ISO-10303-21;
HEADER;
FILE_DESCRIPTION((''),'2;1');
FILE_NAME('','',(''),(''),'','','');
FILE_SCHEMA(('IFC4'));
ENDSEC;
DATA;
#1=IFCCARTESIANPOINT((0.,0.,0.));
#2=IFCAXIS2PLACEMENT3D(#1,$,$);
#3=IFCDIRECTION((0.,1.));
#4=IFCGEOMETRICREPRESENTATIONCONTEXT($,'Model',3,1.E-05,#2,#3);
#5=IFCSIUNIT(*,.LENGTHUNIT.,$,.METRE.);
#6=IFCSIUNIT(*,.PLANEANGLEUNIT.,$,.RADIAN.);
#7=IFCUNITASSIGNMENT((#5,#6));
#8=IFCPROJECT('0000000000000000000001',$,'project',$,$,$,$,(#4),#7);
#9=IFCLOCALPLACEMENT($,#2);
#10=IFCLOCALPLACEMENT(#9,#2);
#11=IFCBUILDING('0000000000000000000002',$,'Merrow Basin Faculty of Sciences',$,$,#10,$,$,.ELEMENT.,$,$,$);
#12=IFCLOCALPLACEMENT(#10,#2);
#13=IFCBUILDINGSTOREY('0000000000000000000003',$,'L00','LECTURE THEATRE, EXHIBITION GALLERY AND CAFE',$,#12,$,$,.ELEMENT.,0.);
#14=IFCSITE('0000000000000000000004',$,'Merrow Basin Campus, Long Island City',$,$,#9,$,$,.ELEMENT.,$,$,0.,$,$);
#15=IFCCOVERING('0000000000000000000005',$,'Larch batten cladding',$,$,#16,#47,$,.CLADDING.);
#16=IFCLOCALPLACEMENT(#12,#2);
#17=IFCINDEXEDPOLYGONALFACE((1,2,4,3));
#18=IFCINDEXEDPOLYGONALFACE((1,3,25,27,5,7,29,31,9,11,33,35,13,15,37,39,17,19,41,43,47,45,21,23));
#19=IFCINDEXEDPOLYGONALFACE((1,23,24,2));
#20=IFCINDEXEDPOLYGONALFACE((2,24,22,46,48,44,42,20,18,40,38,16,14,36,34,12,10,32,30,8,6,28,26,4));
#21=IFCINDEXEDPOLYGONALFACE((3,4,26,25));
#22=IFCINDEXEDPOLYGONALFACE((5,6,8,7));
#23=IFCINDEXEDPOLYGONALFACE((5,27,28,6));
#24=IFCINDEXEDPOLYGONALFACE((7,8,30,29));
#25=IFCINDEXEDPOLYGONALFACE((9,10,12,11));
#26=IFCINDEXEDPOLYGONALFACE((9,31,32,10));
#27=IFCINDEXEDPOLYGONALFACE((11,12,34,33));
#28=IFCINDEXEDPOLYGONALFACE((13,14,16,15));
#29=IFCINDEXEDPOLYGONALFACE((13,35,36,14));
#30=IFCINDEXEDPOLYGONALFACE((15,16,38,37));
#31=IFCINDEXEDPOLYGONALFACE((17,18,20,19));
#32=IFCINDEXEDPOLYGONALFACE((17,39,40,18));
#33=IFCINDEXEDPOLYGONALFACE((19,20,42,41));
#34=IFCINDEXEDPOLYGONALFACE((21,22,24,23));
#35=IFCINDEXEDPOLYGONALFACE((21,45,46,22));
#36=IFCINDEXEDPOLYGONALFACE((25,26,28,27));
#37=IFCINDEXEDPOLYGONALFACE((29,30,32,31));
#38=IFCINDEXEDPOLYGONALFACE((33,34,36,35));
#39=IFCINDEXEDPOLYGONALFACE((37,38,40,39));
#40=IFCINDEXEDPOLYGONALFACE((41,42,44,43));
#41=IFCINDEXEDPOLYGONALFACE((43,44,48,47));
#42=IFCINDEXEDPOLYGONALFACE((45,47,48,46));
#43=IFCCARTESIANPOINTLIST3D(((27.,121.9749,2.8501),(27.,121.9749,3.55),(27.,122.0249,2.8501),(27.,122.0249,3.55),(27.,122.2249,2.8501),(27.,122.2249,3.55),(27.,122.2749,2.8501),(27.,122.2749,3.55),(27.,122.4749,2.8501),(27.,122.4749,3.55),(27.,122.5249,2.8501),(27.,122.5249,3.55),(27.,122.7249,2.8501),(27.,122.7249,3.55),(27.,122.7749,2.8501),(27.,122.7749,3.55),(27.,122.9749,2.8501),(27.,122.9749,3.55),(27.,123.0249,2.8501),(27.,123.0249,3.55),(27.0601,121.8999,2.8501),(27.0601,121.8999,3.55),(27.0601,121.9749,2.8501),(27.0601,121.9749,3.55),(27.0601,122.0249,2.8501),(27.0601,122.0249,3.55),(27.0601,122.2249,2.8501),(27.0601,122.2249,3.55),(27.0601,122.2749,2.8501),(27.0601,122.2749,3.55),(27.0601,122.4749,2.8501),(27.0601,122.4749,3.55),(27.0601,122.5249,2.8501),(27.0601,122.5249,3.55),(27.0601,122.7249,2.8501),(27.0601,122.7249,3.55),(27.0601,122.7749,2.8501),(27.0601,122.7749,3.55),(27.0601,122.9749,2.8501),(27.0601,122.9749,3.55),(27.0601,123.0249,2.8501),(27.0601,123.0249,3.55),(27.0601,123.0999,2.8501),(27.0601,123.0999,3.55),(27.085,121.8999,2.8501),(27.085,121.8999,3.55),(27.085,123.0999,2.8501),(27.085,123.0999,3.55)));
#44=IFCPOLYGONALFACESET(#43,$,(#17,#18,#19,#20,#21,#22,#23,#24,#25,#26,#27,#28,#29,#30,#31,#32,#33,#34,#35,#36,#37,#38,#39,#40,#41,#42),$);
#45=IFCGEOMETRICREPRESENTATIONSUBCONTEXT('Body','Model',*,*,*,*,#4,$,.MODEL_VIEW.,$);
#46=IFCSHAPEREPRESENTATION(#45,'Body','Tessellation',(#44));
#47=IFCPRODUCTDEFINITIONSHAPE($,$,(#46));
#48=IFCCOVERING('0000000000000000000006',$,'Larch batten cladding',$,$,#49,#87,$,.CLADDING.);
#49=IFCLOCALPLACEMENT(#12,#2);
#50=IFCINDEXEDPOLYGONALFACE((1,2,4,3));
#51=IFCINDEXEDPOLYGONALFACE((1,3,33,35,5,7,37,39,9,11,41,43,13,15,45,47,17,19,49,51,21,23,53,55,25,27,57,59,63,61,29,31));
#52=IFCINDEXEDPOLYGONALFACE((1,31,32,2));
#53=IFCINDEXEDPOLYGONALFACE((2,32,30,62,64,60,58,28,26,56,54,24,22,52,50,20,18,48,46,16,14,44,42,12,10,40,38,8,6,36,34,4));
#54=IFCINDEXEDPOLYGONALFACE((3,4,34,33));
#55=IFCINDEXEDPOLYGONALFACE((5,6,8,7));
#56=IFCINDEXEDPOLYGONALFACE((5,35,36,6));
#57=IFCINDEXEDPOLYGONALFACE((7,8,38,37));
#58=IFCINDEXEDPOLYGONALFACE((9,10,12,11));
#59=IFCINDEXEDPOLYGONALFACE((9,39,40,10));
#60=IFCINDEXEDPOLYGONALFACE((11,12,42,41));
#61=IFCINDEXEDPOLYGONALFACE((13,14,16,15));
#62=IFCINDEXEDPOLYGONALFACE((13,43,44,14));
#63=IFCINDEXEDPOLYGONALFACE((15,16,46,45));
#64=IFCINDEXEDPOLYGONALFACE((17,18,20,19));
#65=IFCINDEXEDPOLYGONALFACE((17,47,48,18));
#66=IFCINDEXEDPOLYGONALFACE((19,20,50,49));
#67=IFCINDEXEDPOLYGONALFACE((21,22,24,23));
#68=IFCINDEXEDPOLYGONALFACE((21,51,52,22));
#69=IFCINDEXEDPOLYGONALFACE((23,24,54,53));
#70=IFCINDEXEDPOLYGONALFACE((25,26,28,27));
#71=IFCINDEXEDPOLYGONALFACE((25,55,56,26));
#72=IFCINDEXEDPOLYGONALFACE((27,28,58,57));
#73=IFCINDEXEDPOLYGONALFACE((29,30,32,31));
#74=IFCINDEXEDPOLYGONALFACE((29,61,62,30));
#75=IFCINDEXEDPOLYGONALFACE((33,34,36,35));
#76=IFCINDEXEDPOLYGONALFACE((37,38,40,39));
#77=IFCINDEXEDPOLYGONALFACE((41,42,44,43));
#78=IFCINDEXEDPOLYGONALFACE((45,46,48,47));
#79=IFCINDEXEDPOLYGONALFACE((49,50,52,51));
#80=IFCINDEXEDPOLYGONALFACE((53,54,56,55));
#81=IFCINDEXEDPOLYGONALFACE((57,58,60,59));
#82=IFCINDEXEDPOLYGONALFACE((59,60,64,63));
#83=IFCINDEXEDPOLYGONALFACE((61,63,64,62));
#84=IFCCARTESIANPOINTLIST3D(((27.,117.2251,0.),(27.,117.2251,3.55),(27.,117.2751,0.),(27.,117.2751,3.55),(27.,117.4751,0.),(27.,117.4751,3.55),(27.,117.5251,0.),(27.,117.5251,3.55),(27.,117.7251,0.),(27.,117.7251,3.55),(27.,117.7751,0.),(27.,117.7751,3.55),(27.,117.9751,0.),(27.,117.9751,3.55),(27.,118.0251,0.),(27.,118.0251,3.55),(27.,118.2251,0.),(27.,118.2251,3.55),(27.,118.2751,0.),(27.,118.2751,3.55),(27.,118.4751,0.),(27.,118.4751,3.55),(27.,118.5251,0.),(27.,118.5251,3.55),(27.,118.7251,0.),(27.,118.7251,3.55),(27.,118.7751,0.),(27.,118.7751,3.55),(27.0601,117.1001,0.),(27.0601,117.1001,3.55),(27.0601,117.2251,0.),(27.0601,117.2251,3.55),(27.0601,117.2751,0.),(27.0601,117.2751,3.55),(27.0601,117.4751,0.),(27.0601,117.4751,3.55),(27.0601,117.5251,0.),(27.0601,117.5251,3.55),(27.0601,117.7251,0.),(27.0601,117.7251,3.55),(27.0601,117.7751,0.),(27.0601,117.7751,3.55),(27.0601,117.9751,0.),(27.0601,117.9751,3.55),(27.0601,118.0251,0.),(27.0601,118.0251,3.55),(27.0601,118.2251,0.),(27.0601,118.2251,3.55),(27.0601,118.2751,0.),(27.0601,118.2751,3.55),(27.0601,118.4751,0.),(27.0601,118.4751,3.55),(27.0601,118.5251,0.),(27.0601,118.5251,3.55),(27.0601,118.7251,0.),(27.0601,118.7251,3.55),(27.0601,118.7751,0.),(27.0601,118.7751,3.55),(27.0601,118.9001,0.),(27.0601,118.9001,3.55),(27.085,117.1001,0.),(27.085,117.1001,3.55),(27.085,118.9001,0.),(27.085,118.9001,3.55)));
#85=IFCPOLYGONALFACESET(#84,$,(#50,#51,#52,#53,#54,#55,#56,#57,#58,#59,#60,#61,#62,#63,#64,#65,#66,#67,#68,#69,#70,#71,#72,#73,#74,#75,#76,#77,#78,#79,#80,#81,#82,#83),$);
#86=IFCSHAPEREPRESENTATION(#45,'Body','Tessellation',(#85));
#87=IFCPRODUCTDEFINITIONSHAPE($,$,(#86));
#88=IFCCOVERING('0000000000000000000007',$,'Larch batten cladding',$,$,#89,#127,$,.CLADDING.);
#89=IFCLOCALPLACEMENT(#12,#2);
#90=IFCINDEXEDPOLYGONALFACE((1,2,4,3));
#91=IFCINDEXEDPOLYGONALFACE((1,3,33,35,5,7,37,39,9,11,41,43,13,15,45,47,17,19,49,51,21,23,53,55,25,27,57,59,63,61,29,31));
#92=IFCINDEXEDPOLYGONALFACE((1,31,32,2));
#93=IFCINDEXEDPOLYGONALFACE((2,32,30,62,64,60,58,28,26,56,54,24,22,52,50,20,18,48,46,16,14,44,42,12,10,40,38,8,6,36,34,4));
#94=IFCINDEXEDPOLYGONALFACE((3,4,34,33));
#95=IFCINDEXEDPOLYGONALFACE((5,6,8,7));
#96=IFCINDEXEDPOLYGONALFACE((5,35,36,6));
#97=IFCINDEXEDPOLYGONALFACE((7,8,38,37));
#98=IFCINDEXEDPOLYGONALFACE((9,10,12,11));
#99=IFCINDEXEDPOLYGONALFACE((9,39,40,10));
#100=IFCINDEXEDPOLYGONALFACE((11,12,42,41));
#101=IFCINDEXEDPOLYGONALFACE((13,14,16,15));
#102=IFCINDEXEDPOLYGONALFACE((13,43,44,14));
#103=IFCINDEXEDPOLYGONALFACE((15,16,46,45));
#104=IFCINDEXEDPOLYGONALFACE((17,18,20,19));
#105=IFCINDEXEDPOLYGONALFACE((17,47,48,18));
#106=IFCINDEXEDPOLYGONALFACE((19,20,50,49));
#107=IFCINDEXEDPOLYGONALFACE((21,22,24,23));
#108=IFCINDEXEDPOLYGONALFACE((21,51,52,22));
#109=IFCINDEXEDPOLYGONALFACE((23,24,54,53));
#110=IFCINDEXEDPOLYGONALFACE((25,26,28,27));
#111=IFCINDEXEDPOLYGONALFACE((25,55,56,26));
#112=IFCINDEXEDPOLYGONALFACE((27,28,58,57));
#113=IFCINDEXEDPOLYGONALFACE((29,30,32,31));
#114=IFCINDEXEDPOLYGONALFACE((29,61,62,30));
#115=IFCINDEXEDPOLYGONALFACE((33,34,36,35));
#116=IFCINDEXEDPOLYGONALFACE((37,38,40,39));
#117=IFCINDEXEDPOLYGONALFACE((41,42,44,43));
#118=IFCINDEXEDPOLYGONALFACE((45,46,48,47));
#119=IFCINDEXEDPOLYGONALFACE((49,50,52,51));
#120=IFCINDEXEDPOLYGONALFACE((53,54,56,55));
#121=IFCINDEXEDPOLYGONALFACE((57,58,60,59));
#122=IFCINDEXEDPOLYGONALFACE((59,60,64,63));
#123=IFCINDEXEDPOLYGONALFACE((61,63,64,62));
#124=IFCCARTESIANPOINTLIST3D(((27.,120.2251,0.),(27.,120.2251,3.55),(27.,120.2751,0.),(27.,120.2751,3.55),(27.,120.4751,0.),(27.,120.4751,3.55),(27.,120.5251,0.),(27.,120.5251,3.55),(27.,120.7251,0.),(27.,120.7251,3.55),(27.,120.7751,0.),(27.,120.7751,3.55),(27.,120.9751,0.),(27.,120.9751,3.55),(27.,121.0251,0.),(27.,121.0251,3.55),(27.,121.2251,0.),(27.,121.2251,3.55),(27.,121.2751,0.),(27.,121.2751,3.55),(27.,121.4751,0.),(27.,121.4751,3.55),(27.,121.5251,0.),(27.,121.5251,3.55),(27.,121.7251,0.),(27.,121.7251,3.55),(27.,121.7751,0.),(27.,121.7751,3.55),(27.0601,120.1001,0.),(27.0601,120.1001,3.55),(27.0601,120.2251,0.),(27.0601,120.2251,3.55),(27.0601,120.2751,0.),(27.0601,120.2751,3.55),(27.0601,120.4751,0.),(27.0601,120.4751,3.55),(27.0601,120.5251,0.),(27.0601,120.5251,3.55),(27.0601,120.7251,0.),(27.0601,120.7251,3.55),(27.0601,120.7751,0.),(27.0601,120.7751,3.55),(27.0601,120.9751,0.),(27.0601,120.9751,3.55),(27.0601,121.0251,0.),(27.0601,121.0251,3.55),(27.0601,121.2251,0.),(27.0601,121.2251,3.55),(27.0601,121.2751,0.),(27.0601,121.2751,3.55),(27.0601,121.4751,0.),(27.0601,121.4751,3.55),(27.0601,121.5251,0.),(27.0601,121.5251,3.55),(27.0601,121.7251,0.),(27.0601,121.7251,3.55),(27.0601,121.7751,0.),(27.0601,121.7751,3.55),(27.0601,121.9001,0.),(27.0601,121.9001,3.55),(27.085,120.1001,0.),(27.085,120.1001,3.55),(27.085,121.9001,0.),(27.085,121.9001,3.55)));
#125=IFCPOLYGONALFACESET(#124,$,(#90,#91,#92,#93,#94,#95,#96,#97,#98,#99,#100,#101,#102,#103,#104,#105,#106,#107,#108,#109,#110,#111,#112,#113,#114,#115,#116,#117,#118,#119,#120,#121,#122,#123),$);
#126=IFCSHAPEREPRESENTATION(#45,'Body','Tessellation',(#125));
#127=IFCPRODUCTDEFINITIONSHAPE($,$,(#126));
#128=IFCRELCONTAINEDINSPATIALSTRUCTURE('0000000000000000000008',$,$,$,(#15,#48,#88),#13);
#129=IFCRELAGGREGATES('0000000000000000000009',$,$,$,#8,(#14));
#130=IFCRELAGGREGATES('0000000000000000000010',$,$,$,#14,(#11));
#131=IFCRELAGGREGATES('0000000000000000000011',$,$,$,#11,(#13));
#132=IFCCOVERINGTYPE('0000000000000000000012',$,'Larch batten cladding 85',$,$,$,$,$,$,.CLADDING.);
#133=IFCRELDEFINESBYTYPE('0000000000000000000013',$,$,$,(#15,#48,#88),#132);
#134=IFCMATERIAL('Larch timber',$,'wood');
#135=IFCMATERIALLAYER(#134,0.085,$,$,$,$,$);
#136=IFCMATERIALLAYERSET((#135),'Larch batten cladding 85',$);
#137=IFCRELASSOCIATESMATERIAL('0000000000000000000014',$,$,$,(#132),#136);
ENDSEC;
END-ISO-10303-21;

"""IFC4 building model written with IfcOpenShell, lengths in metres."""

from ifc_helpers import new_model, si_unit, direction, frame, origin, place, context, subcontext, project, spatial, polyline, outline, extrude, source, transform, mapped, material, layer, layer_set, type_object, element, save


model = new_model("IFC4")

# Units and contexts
model_context = context("Model", 3, precision=1e-05, world=origin(), true_north=direction((0.0, 1.0)))
body_context = subcontext(model_context, "Body", "Model", "MODEL_VIEW")
ifc_project = project(units=[si_unit("LENGTHUNIT", "METRE"), si_unit("PLANEANGLEUNIT", "RADIAN")], contexts=[model_context])

# Site, building, storey
site_placement = place(None, origin())
site = spatial("IfcSite", under=ifc_project, at=site_placement, Name="Merrow Basin Campus, Long Island City", CompositionType="ELEMENT", RefElevation=0.0)
building_placement = place(site_placement, origin())
building = spatial("IfcBuilding", under=site, at=building_placement, Name="Merrow Basin Faculty of Sciences", CompositionType="ELEMENT")
storey_placement = place(building_placement, origin())
storey = spatial("IfcBuildingStorey", under=building, at=storey_placement, Name="L00", Description="LECTURE THEATRE, EXHIBITION GALLERY AND CAFE", CompositionType="ELEMENT", Elevation=0.0)

# Coverings
ifc_material_1 = material(Name="Larch timber", Category="wood")
ifc_layer_1 = layer(ifc_material_1, 0.085)
ifc_layer_set_1 = layer_set([ifc_layer_1], Name="Larch batten cladding 85")
covering_type = type_object("IfcCoveringType", Name="Larch batten cladding 85", PredefinedType="CLADDING", material=ifc_layer_set_1)
shared_shape_1 = source(origin(), body_context, "Body", "SweptSolid", [
    extrude(outline(polyline([(0.0, 0.0), (1.2, 0.0), (1.2, 0.0249), (1.125, 0.0249), (1.125, 0.085), (1.075, 0.085), (1.075, 0.0249), (0.875, 0.0249), (0.875, 0.085), (0.825, 0.085), (0.825, 0.0249), (0.625, 0.0249), (0.625, 0.085), (0.575, 0.085), (0.575, 0.0249), (0.375, 0.0249), (0.375, 0.085), (0.325, 0.085), (0.325, 0.0249), (0.125, 0.0249), (0.125, 0.085), (0.075, 0.085), (0.075, 0.0249), (0.0, 0.0249), (0.0, 0.0)])), origin(), (0.0, 0.0, 1.0), 0.7),
])
for number, where, z_axis, x_axis, name in (
    (1, (27.085, 121.8999, 2.8501), (0.0, 0.0, 1.0), (0.0, 1.0, 0.0), "Larch batten cladding"),
):
    element("IfcCovering", number, at=place(storey_placement, frame(where, z_axis=z_axis, x_axis=x_axis)), inside=storey, type_object=covering_type, Name=name, PredefinedType="CLADDING", context=body_context, shape_type="MappedRepresentation", body=[
        mapped(shared_shape_1, transform((0.0, 0.0, 0.0), scale=1.0)),
    ])
shared_shape_2 = source(origin(), body_context, "Body", "SweptSolid", [
    extrude(outline(polyline([(0.0, 0.0), (1.8, 0.0), (1.8, 0.0249), (1.675, 0.0249), (1.675, 0.085), (1.625, 0.085), (1.625, 0.0249), (1.425, 0.0249), (1.425, 0.085), (1.375, 0.085), (1.375, 0.0249), (1.175, 0.0249), (1.175, 0.085), (1.125, 0.085), (1.125, 0.0249), (0.925, 0.0249), (0.925, 0.085), (0.875, 0.085), (0.875, 0.0249), (0.675, 0.0249), (0.675, 0.085), (0.625, 0.085), (0.625, 0.0249), (0.425, 0.0249), (0.425, 0.085), (0.375, 0.085), (0.375, 0.0249), (0.175, 0.0249), (0.175, 0.085), (0.125, 0.085), (0.125, 0.0249), (0.0, 0.0249), (0.0, 0.0)])), origin(), (0.0, 0.0, 1.0), 3.55),
])
for number, where, z_axis, x_axis, name in (
    (2, (27.085, 117.1001, 0.0), (0.0, 0.0, 1.0), (0.0, 1.0, 0.0), "Larch batten cladding"),
    (3, (27.085, 120.1001, 0.0), (0.0, 0.0, 1.0), (0.0, 1.0, 0.0), "Larch batten cladding"),
):
    element("IfcCovering", number, at=place(storey_placement, frame(where, z_axis=z_axis, x_axis=x_axis)), inside=storey, type_object=covering_type, Name=name, PredefinedType="CLADDING", context=body_context, shape_type="MappedRepresentation", body=[
        mapped(shared_shape_2, transform((0.0, 0.0, 0.0), scale=1.0)),
    ])

save(model, "model.ifc")
